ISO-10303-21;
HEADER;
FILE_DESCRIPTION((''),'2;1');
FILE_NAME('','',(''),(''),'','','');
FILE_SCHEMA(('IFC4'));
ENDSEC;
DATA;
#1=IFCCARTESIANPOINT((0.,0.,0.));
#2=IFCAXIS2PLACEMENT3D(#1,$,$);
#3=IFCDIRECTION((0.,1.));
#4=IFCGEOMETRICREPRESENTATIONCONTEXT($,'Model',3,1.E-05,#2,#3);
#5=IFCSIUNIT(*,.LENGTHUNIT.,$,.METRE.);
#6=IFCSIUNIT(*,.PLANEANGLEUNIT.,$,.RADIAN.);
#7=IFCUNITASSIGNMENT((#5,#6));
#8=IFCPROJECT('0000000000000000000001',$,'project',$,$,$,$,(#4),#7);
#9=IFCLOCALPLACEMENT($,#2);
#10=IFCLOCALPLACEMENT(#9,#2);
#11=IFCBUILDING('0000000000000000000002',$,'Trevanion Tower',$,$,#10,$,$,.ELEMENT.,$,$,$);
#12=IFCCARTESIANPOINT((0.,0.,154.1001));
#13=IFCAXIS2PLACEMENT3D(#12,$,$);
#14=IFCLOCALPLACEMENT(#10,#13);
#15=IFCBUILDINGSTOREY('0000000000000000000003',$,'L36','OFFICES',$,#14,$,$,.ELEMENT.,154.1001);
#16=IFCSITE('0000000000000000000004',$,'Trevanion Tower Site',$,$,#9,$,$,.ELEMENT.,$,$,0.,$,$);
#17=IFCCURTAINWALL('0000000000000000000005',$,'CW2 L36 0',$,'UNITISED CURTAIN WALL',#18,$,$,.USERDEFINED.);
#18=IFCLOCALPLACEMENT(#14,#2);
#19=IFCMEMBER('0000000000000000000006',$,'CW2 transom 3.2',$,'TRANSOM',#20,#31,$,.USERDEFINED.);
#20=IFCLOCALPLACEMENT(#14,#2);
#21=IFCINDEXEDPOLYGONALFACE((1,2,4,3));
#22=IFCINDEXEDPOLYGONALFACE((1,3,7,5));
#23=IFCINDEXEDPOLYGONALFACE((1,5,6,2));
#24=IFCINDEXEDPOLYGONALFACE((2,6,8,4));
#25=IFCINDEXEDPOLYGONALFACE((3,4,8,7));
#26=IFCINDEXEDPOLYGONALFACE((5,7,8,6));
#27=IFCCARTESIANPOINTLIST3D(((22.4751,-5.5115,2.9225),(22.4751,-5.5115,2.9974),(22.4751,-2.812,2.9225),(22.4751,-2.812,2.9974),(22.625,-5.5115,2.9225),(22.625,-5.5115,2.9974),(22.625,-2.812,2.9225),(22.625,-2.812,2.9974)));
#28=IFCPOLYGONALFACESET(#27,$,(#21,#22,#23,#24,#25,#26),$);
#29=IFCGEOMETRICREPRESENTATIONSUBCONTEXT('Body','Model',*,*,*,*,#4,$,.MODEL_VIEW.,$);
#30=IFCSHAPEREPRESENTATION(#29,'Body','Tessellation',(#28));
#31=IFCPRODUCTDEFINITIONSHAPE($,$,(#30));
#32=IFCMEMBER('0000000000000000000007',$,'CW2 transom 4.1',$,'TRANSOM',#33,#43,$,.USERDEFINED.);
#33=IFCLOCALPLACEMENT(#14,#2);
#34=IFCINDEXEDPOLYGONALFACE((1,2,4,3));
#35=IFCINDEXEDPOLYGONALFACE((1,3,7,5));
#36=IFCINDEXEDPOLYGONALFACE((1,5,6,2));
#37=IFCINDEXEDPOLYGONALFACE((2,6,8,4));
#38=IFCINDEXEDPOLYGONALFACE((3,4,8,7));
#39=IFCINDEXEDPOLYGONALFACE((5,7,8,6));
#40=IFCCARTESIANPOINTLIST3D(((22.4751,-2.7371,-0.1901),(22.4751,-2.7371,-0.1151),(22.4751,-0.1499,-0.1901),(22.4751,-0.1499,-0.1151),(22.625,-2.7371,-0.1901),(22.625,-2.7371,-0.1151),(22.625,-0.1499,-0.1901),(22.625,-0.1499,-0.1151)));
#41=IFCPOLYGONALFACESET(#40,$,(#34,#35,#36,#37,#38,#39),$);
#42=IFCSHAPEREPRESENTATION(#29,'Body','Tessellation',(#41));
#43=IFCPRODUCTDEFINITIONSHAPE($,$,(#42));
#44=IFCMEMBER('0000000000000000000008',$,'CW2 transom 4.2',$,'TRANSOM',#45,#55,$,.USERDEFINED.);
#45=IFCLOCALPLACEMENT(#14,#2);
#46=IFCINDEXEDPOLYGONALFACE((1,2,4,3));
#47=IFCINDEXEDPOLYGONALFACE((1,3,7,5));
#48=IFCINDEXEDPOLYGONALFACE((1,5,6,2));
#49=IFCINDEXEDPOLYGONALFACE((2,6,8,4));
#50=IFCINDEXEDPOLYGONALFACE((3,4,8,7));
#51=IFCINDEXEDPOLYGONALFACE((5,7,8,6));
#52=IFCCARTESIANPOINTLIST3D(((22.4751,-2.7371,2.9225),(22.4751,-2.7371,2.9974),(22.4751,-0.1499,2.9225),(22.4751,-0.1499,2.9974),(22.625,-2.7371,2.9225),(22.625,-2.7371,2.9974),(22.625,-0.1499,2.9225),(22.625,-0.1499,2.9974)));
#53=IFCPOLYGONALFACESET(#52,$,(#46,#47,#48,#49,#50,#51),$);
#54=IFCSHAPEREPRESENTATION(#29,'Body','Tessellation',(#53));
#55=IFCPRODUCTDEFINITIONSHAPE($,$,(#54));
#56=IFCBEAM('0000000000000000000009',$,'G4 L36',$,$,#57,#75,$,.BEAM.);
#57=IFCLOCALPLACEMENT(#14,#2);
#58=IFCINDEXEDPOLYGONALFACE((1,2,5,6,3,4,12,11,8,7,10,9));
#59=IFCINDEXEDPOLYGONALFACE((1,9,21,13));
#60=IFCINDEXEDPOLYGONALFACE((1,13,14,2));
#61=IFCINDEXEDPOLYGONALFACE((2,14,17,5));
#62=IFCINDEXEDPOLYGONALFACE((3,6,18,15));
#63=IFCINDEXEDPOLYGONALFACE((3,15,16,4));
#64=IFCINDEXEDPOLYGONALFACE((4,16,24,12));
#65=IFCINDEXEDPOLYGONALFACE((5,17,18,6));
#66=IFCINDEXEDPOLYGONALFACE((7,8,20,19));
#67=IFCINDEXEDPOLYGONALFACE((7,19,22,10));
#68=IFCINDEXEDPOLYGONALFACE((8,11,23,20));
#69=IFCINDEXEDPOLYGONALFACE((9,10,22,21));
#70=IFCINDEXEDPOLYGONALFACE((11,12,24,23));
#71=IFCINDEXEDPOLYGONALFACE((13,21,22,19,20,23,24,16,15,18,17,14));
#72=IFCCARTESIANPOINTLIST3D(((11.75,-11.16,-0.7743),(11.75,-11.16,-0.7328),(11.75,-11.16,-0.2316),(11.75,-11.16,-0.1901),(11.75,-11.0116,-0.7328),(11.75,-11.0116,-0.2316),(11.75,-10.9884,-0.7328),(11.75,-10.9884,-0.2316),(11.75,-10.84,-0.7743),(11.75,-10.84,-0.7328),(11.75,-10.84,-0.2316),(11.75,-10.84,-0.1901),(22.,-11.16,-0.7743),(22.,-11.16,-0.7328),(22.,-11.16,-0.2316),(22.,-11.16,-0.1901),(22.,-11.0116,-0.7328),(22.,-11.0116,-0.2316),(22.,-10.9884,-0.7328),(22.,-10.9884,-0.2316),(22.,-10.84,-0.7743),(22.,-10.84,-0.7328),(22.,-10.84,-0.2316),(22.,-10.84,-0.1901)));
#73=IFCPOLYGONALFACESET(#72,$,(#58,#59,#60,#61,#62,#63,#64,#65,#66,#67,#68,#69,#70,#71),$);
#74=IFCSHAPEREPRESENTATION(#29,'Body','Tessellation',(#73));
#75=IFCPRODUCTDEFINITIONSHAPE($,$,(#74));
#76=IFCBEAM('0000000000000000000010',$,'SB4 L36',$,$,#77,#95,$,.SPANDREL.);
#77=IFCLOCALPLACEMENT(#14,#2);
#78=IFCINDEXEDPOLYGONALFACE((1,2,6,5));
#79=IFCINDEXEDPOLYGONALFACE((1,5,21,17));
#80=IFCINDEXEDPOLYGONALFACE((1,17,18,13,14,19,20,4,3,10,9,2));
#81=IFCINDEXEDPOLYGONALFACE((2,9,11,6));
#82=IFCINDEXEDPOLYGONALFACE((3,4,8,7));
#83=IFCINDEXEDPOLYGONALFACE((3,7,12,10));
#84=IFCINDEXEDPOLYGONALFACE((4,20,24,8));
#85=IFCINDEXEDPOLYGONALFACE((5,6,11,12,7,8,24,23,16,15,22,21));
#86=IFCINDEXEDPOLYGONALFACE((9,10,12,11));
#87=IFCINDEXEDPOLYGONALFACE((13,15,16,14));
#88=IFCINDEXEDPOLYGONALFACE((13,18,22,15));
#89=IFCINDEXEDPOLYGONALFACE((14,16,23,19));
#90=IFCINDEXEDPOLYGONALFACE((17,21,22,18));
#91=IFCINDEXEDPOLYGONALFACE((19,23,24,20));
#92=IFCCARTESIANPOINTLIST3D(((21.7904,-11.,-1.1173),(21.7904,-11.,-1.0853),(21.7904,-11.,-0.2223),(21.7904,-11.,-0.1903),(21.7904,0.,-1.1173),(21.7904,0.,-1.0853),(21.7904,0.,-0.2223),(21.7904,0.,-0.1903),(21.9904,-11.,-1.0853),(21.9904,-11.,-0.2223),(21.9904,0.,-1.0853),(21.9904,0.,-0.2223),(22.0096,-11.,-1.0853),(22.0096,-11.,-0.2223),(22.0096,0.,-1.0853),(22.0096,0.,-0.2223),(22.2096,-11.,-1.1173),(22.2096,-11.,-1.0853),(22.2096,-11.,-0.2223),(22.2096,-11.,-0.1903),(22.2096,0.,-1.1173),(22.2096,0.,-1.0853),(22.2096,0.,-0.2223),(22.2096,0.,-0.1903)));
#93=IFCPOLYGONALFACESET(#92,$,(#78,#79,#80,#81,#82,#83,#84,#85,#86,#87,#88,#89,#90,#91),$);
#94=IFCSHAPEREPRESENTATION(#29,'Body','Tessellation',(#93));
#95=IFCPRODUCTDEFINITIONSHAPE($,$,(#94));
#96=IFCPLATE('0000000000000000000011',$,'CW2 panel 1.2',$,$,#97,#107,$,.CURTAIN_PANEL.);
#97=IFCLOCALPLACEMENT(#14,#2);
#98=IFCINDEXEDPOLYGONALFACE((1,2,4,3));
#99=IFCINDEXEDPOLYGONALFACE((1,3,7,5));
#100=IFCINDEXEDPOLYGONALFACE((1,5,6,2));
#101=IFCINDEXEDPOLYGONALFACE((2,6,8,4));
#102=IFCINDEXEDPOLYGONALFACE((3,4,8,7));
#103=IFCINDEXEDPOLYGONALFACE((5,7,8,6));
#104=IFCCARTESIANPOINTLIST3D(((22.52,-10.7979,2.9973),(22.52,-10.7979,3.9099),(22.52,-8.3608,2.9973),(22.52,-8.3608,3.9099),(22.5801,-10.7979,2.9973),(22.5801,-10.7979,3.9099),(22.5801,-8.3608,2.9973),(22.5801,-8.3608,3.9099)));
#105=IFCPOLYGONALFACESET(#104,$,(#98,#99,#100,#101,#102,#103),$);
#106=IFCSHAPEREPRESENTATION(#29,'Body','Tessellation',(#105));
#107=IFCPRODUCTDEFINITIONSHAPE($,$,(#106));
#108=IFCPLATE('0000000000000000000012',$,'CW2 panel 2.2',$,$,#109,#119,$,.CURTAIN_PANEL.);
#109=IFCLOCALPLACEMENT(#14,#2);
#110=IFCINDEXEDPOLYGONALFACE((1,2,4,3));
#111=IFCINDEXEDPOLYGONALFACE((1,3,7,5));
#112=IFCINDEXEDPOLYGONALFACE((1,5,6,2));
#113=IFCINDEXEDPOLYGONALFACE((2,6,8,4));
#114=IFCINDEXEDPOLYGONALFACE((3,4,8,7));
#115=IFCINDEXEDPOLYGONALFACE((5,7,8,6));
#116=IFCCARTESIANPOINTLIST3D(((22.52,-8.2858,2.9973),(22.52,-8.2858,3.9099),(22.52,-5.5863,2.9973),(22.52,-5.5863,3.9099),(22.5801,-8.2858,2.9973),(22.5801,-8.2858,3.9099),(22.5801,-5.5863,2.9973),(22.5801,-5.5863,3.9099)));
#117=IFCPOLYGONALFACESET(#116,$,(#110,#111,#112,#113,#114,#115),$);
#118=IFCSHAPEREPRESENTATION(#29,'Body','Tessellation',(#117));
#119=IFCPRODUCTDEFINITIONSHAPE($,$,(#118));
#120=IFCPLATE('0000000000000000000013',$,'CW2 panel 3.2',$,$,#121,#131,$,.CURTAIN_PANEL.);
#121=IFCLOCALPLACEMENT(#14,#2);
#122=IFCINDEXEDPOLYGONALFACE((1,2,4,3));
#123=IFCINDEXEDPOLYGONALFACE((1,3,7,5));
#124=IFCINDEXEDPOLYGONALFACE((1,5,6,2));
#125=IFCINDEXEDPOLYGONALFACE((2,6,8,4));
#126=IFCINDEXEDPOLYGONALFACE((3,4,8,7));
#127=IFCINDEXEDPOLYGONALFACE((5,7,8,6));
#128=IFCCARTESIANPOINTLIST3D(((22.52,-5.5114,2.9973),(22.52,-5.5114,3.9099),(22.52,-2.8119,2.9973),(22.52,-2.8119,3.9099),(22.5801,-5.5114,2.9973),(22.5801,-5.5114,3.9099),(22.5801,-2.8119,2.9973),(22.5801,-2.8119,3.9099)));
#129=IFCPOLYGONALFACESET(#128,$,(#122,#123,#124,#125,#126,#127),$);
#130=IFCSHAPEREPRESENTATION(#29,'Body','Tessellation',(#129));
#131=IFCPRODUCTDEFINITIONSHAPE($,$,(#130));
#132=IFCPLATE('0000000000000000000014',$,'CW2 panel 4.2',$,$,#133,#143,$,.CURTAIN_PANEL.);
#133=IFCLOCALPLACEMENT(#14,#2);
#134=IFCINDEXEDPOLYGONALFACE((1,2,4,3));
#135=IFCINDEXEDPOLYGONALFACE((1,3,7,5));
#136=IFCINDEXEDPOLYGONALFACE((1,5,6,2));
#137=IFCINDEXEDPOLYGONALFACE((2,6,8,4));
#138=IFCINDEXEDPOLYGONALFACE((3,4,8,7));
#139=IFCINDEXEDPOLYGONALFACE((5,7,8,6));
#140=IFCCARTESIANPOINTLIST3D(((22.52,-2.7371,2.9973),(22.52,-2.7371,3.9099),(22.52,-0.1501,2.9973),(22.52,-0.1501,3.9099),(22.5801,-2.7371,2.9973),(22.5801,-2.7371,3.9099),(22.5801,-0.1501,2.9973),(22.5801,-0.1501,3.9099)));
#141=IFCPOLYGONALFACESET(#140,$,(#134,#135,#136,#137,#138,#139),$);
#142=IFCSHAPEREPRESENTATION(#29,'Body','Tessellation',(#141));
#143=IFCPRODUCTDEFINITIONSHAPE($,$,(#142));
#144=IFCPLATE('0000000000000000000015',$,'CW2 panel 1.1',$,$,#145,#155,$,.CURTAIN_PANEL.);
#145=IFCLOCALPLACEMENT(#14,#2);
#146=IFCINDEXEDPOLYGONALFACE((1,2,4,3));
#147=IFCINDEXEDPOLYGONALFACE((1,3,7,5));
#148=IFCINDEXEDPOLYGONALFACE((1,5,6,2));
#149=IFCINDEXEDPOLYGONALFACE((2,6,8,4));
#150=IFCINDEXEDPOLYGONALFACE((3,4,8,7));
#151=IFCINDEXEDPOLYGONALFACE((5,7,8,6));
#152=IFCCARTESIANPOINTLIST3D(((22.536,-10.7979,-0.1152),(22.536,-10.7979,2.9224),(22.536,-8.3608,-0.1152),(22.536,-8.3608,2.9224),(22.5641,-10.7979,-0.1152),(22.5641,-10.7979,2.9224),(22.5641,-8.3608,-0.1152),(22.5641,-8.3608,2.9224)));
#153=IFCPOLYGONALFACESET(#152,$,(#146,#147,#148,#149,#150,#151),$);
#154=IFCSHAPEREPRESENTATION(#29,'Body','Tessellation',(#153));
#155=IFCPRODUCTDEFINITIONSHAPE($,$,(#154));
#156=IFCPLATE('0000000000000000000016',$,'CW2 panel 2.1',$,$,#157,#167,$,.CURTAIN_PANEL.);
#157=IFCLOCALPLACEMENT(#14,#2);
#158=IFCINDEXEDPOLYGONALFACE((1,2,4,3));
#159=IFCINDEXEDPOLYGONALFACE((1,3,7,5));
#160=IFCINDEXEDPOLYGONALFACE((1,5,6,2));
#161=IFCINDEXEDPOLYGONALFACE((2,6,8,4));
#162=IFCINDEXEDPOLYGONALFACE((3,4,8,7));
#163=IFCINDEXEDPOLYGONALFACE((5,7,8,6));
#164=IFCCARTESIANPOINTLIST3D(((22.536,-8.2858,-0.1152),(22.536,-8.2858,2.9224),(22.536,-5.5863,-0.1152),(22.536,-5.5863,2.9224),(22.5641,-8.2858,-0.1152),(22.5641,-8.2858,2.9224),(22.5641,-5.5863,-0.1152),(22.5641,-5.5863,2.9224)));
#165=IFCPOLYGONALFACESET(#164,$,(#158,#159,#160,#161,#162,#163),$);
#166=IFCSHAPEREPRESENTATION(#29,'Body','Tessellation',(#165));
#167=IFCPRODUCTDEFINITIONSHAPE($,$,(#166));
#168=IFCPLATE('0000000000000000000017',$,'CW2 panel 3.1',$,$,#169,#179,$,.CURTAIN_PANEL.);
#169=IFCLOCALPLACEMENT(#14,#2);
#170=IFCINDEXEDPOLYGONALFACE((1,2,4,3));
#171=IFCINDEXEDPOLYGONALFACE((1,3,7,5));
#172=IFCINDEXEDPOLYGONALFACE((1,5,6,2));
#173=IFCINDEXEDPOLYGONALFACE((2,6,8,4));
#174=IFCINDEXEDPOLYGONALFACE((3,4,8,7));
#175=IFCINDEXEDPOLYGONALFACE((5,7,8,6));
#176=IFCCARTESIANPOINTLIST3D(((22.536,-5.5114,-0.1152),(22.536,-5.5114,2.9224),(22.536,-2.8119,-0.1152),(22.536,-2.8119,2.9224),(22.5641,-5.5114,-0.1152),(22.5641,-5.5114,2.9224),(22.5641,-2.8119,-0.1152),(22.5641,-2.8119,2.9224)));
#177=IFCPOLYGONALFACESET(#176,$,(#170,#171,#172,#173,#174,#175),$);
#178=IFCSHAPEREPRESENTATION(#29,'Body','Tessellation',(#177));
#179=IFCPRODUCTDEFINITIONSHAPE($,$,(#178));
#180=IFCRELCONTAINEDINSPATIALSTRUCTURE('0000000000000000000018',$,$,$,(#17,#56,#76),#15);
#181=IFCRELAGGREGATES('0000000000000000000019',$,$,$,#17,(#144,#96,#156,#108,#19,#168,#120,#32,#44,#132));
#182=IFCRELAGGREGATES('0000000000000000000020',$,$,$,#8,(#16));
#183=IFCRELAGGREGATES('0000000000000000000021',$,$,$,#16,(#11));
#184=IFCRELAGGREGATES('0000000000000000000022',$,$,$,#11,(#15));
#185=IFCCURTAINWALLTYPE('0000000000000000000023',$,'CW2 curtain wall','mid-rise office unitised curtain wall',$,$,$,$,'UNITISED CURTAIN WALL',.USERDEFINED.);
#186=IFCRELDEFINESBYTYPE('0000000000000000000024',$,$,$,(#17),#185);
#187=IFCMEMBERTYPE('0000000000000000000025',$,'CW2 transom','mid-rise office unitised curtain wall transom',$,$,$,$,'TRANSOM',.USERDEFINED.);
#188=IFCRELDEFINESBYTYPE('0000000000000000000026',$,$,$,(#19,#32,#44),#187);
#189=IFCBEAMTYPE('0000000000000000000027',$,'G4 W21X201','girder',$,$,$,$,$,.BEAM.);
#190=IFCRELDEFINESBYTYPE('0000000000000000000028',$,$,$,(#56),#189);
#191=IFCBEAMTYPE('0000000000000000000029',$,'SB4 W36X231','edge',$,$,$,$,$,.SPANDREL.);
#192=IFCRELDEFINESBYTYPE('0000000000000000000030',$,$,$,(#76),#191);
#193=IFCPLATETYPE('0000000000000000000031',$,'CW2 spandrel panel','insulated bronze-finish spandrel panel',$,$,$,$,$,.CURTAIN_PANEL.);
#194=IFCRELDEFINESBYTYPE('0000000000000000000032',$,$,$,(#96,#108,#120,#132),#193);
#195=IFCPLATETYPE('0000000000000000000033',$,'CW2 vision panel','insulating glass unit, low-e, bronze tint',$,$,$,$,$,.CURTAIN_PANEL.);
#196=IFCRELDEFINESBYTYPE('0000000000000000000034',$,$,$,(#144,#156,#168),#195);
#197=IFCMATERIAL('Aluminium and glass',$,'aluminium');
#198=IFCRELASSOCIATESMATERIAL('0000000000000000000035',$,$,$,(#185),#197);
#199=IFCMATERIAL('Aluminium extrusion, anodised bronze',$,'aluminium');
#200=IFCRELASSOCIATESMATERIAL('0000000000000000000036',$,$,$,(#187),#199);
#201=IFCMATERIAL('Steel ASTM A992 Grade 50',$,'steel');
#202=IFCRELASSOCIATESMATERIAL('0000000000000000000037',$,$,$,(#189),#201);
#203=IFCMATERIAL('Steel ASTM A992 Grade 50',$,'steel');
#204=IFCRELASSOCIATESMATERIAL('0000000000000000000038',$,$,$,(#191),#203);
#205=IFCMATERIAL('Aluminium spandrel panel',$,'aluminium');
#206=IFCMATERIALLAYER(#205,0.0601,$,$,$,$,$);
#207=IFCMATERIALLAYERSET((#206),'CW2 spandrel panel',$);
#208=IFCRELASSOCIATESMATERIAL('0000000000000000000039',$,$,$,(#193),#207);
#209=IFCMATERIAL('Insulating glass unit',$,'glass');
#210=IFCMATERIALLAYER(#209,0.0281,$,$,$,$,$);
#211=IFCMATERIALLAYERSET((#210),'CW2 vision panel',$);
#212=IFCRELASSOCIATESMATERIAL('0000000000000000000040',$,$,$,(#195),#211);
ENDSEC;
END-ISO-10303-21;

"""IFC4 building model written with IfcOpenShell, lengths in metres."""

from ifc_helpers import new_model, si_unit, direction, frame, origin, origin_2d, place, context, subcontext, project, spatial, rectangle, i_section, extrude, material, layer, layer_set, material_profile, profile_set, type_object, element, aggregate, save


model = new_model("IFC4")

# Units and contexts
model_context = context("Model", 3, precision=1e-05, world=origin(), true_north=direction((0.0, 1.0)))
body_context = subcontext(model_context, "Body", "Model", "MODEL_VIEW")
ifc_project = project(units=[si_unit("LENGTHUNIT", "METRE"), si_unit("PLANEANGLEUNIT", "RADIAN")], contexts=[model_context])

# Site, building, storey
site_placement = place(None, origin())
site = spatial("IfcSite", under=ifc_project, at=site_placement, Name="Trevanion Tower Site", CompositionType="ELEMENT", RefElevation=0.0)
building_placement = place(site_placement, origin())
building = spatial("IfcBuilding", under=site, at=building_placement, Name="Trevanion Tower", CompositionType="ELEMENT")
storey_placement = place(building_placement, frame((0.0, 0.0, 154.1001)))
storey = spatial("IfcBuildingStorey", under=building, at=storey_placement, Name="L36", Description="OFFICES", CompositionType="ELEMENT", Elevation=154.1001)

# Curtain wall, members
ifc_material_1 = material(Name="Aluminium and glass", Category="aluminium")
curtain_wall_type = type_object("IfcCurtainWallType", Name="CW2 curtain wall", Description="mid-rise office unitised curtain wall", ElementType="UNITISED CURTAIN WALL", PredefinedType="USERDEFINED", material=ifc_material_1)
curtain_wall_placement = place(storey_placement, origin())
curtain_wall = element("IfcCurtainWall", 1, at=curtain_wall_placement, inside=storey, type_object=curtain_wall_type, Name="CW2 L36 0", ObjectType="UNITISED CURTAIN WALL", PredefinedType="USERDEFINED")
ifc_material_2 = material(Name="Aluminium extrusion, anodised bronze", Category="aluminium")
ifc_material_profile_1 = material_profile(ifc_material_2, rectangle(XDim=0.1499, YDim=0.075, at=origin_2d()), Name="CW2 transom")
ifc_profile_set_1 = profile_set([ifc_material_profile_1], Name="Aluminium extrusion, anodised bronze")
member_type_1 = type_object("IfcMemberType", Name="CW2 transom", Description="mid-rise office unitised curtain wall transom", ElementType="TRANSOM", PredefinedType="USERDEFINED", material=ifc_profile_set_1)
member_1_placement = place(storey_placement, frame((22.55, -5.5115, 2.96), z_axis=(0.0, 1.0, 0.0), x_axis=(-1.0, 0.0, 0.0)))
member_1 = element("IfcMember", 2, at=member_1_placement, type_object=member_type_1, Name="CW2 transom 3.2", ObjectType="TRANSOM", PredefinedType="USERDEFINED", context=body_context, shape_type="SweptSolid", body=[
    extrude(rectangle(XDim=0.1499, YDim=0.075, at=origin_2d()), origin(), (0.0, 0.0, 1.0), 2.6995),
])
member_2_placement = place(storey_placement, frame((22.55, -2.7371, -0.1526), z_axis=(0.0, 1.0, 0.0), x_axis=(-1.0, 0.0, 0.0)))
member_2 = element("IfcMember", 3, at=member_2_placement, type_object=member_type_1, Name="CW2 transom 4.1", ObjectType="TRANSOM", PredefinedType="USERDEFINED", context=body_context, shape_type="SweptSolid", body=[
    extrude(rectangle(XDim=0.1499, YDim=0.075, at=origin_2d()), origin(), (0.0, 0.0, 1.0), 2.5872),
])
member_3_placement = place(storey_placement, frame((22.55, -2.7371, 2.96), z_axis=(0.0, 1.0, 0.0), x_axis=(-1.0, 0.0, 0.0)))
member_3 = element("IfcMember", 4, at=member_3_placement, type_object=member_type_1, Name="CW2 transom 4.2", ObjectType="TRANSOM", PredefinedType="USERDEFINED", context=body_context, shape_type="SweptSolid", body=[
    extrude(rectangle(XDim=0.1499, YDim=0.075, at=origin_2d()), origin(), (0.0, 0.0, 1.0), 2.5872),
])

# Beams
ifc_material_3 = material(Name="Steel ASTM A992 Grade 50", Category="steel")
ifc_material_profile_2 = material_profile(ifc_material_3, i_section(OverallWidth=0.3201, OverallDepth=0.5842, WebThickness=0.0232, FlangeThickness=0.0415, at=origin_2d()), Name="W21X201")
ifc_profile_set_2 = profile_set([ifc_material_profile_2], Name="Steel ASTM A992 Grade 50")
beam_type_1 = type_object("IfcBeamType", Name="G4 W21X201", Description="girder", PredefinedType="BEAM", material=ifc_profile_set_2)
beam_1_placement = place(storey_placement, frame((11.75, -11.0, -0.4822), z_axis=(1.0, 0.0, 0.0), x_axis=(0.0, 1.0, 0.0)))
element("IfcBeam", 5, at=beam_1_placement, inside=storey, type_object=beam_type_1, Name="G4 L36", PredefinedType="BEAM", context=body_context, shape_type="SweptSolid", body=[
    extrude(i_section(OverallWidth=0.3201, OverallDepth=0.5842, WebThickness=0.0232, FlangeThickness=0.0415, at=origin_2d()), origin(), (0.0, 0.0, 1.0), 10.25),
])
ifc_material_4 = material(Name="Steel ASTM A992 Grade 50", Category="steel")
ifc_material_profile_3 = material_profile(ifc_material_4, i_section(OverallWidth=0.4192, OverallDepth=0.927, WebThickness=0.0193, FlangeThickness=0.032, at=origin_2d()), Name="W36X231")
ifc_profile_set_3 = profile_set([ifc_material_profile_3], Name="Steel ASTM A992 Grade 50")
beam_type_2 = type_object("IfcBeamType", Name="SB4 W36X231", Description="edge", PredefinedType="SPANDREL", material=ifc_profile_set_3)
beam_2_placement = place(storey_placement, frame((22.0, -11.0, -0.6538), z_axis=(0.0, 1.0, 0.0), x_axis=(-1.0, 0.0, 0.0)))
element("IfcBeam", 6, at=beam_2_placement, inside=storey, type_object=beam_type_2, Name="SB4 L36", PredefinedType="SPANDREL", context=body_context, shape_type="SweptSolid", body=[
    extrude(i_section(OverallWidth=0.4192, OverallDepth=0.927, WebThickness=0.0193, FlangeThickness=0.032, at=origin_2d()), origin(), (0.0, 0.0, 1.0), 11.0),
])

# Plates
ifc_material_5 = material(Name="Aluminium spandrel panel", Category="aluminium")
ifc_layer_1 = layer(ifc_material_5, 0.0601)
ifc_layer_set_1 = layer_set([ifc_layer_1], Name="CW2 spandrel panel")
plate_type_1 = type_object("IfcPlateType", Name="CW2 spandrel panel", Description="insulated bronze-finish spandrel panel", PredefinedType="CURTAIN_PANEL", material=ifc_layer_set_1)
plate_1_placement = place(storey_placement, frame((22.55, -9.5793, 2.9973), z_axis=(0.0, 0.0, 1.0), x_axis=(0.0, 1.0, 0.0)))
plate_1 = element("IfcPlate", 7, at=plate_1_placement, type_object=plate_type_1, Name="CW2 panel 1.2", PredefinedType="CURTAIN_PANEL", context=body_context, shape_type="SweptSolid", body=[
    extrude(rectangle(XDim=2.437, YDim=0.0601, at=origin_2d()), origin(), (0.0, 0.0, 1.0), 0.9126),
])
plate_2_placement = place(storey_placement, frame((22.55, -6.936, 2.9973), z_axis=(0.0, 0.0, 1.0), x_axis=(0.0, 1.0, 0.0)))
plate_2 = element("IfcPlate", 8, at=plate_2_placement, type_object=plate_type_1, Name="CW2 panel 2.2", PredefinedType="CURTAIN_PANEL", context=body_context, shape_type="SweptSolid", body=[
    extrude(rectangle(XDim=2.6995, YDim=0.0601, at=origin_2d()), origin(), (0.0, 0.0, 1.0), 0.9126),
])
plate_3_placement = place(storey_placement, frame((22.55, -4.1616, 2.9973), z_axis=(0.0, 0.0, 1.0), x_axis=(0.0, 1.0, 0.0)))
plate_3 = element("IfcPlate", 9, at=plate_3_placement, type_object=plate_type_1, Name="CW2 panel 3.2", PredefinedType="CURTAIN_PANEL", context=body_context, shape_type="SweptSolid", body=[
    extrude(rectangle(XDim=2.6995, YDim=0.0601, at=origin_2d()), origin(), (0.0, 0.0, 1.0), 0.9126),
])
plate_4_placement = place(storey_placement, frame((22.55, -1.4436, 2.9973), z_axis=(0.0, 0.0, 1.0), x_axis=(0.0, 1.0, 0.0)))
plate_4 = element("IfcPlate", 10, at=plate_4_placement, type_object=plate_type_1, Name="CW2 panel 4.2", PredefinedType="CURTAIN_PANEL", context=body_context, shape_type="SweptSolid", body=[
    extrude(rectangle(XDim=2.5869, YDim=0.0601, at=origin_2d()), origin(), (0.0, 0.0, 1.0), 0.9126),
])
ifc_material_6 = material(Name="Insulating glass unit", Category="glass")
ifc_layer_2 = layer(ifc_material_6, 0.0281)
ifc_layer_set_2 = layer_set([ifc_layer_2], Name="CW2 vision panel")
plate_type_2 = type_object("IfcPlateType", Name="CW2 vision panel", Description="insulating glass unit, low-e, bronze tint", PredefinedType="CURTAIN_PANEL", material=ifc_layer_set_2)
plate_5_placement = place(storey_placement, frame((22.55, -9.5793, -0.1152), z_axis=(0.0, 0.0, 1.0), x_axis=(0.0, 1.0, 0.0)))
plate_5 = element("IfcPlate", 11, at=plate_5_placement, type_object=plate_type_2, Name="CW2 panel 1.1", PredefinedType="CURTAIN_PANEL", context=body_context, shape_type="SweptSolid", body=[
    extrude(rectangle(XDim=2.437, YDim=0.0281, at=origin_2d()), origin(), (0.0, 0.0, 1.0), 3.0376),
])
plate_6_placement = place(storey_placement, frame((22.55, -6.936, -0.1152), z_axis=(0.0, 0.0, 1.0), x_axis=(0.0, 1.0, 0.0)))
plate_6 = element("IfcPlate", 12, at=plate_6_placement, type_object=plate_type_2, Name="CW2 panel 2.1", PredefinedType="CURTAIN_PANEL", context=body_context, shape_type="SweptSolid", body=[
    extrude(rectangle(XDim=2.6995, YDim=0.0281, at=origin_2d()), origin(), (0.0, 0.0, 1.0), 3.0376),
])
plate_7_placement = place(storey_placement, frame((22.55, -4.1616, -0.1152), z_axis=(0.0, 0.0, 1.0), x_axis=(0.0, 1.0, 0.0)))
plate_7 = element("IfcPlate", 13, at=plate_7_placement, type_object=plate_type_2, Name="CW2 panel 3.1", PredefinedType="CURTAIN_PANEL", context=body_context, shape_type="SweptSolid", body=[
    extrude(rectangle(XDim=2.6995, YDim=0.0281, at=origin_2d()), origin(), (0.0, 0.0, 1.0), 3.0376),
])
aggregate(curtain_wall, [plate_5, plate_1, plate_6, plate_2, member_1, plate_7, plate_3, member_2, member_3, plate_4])

save(model, "model.ifc")
